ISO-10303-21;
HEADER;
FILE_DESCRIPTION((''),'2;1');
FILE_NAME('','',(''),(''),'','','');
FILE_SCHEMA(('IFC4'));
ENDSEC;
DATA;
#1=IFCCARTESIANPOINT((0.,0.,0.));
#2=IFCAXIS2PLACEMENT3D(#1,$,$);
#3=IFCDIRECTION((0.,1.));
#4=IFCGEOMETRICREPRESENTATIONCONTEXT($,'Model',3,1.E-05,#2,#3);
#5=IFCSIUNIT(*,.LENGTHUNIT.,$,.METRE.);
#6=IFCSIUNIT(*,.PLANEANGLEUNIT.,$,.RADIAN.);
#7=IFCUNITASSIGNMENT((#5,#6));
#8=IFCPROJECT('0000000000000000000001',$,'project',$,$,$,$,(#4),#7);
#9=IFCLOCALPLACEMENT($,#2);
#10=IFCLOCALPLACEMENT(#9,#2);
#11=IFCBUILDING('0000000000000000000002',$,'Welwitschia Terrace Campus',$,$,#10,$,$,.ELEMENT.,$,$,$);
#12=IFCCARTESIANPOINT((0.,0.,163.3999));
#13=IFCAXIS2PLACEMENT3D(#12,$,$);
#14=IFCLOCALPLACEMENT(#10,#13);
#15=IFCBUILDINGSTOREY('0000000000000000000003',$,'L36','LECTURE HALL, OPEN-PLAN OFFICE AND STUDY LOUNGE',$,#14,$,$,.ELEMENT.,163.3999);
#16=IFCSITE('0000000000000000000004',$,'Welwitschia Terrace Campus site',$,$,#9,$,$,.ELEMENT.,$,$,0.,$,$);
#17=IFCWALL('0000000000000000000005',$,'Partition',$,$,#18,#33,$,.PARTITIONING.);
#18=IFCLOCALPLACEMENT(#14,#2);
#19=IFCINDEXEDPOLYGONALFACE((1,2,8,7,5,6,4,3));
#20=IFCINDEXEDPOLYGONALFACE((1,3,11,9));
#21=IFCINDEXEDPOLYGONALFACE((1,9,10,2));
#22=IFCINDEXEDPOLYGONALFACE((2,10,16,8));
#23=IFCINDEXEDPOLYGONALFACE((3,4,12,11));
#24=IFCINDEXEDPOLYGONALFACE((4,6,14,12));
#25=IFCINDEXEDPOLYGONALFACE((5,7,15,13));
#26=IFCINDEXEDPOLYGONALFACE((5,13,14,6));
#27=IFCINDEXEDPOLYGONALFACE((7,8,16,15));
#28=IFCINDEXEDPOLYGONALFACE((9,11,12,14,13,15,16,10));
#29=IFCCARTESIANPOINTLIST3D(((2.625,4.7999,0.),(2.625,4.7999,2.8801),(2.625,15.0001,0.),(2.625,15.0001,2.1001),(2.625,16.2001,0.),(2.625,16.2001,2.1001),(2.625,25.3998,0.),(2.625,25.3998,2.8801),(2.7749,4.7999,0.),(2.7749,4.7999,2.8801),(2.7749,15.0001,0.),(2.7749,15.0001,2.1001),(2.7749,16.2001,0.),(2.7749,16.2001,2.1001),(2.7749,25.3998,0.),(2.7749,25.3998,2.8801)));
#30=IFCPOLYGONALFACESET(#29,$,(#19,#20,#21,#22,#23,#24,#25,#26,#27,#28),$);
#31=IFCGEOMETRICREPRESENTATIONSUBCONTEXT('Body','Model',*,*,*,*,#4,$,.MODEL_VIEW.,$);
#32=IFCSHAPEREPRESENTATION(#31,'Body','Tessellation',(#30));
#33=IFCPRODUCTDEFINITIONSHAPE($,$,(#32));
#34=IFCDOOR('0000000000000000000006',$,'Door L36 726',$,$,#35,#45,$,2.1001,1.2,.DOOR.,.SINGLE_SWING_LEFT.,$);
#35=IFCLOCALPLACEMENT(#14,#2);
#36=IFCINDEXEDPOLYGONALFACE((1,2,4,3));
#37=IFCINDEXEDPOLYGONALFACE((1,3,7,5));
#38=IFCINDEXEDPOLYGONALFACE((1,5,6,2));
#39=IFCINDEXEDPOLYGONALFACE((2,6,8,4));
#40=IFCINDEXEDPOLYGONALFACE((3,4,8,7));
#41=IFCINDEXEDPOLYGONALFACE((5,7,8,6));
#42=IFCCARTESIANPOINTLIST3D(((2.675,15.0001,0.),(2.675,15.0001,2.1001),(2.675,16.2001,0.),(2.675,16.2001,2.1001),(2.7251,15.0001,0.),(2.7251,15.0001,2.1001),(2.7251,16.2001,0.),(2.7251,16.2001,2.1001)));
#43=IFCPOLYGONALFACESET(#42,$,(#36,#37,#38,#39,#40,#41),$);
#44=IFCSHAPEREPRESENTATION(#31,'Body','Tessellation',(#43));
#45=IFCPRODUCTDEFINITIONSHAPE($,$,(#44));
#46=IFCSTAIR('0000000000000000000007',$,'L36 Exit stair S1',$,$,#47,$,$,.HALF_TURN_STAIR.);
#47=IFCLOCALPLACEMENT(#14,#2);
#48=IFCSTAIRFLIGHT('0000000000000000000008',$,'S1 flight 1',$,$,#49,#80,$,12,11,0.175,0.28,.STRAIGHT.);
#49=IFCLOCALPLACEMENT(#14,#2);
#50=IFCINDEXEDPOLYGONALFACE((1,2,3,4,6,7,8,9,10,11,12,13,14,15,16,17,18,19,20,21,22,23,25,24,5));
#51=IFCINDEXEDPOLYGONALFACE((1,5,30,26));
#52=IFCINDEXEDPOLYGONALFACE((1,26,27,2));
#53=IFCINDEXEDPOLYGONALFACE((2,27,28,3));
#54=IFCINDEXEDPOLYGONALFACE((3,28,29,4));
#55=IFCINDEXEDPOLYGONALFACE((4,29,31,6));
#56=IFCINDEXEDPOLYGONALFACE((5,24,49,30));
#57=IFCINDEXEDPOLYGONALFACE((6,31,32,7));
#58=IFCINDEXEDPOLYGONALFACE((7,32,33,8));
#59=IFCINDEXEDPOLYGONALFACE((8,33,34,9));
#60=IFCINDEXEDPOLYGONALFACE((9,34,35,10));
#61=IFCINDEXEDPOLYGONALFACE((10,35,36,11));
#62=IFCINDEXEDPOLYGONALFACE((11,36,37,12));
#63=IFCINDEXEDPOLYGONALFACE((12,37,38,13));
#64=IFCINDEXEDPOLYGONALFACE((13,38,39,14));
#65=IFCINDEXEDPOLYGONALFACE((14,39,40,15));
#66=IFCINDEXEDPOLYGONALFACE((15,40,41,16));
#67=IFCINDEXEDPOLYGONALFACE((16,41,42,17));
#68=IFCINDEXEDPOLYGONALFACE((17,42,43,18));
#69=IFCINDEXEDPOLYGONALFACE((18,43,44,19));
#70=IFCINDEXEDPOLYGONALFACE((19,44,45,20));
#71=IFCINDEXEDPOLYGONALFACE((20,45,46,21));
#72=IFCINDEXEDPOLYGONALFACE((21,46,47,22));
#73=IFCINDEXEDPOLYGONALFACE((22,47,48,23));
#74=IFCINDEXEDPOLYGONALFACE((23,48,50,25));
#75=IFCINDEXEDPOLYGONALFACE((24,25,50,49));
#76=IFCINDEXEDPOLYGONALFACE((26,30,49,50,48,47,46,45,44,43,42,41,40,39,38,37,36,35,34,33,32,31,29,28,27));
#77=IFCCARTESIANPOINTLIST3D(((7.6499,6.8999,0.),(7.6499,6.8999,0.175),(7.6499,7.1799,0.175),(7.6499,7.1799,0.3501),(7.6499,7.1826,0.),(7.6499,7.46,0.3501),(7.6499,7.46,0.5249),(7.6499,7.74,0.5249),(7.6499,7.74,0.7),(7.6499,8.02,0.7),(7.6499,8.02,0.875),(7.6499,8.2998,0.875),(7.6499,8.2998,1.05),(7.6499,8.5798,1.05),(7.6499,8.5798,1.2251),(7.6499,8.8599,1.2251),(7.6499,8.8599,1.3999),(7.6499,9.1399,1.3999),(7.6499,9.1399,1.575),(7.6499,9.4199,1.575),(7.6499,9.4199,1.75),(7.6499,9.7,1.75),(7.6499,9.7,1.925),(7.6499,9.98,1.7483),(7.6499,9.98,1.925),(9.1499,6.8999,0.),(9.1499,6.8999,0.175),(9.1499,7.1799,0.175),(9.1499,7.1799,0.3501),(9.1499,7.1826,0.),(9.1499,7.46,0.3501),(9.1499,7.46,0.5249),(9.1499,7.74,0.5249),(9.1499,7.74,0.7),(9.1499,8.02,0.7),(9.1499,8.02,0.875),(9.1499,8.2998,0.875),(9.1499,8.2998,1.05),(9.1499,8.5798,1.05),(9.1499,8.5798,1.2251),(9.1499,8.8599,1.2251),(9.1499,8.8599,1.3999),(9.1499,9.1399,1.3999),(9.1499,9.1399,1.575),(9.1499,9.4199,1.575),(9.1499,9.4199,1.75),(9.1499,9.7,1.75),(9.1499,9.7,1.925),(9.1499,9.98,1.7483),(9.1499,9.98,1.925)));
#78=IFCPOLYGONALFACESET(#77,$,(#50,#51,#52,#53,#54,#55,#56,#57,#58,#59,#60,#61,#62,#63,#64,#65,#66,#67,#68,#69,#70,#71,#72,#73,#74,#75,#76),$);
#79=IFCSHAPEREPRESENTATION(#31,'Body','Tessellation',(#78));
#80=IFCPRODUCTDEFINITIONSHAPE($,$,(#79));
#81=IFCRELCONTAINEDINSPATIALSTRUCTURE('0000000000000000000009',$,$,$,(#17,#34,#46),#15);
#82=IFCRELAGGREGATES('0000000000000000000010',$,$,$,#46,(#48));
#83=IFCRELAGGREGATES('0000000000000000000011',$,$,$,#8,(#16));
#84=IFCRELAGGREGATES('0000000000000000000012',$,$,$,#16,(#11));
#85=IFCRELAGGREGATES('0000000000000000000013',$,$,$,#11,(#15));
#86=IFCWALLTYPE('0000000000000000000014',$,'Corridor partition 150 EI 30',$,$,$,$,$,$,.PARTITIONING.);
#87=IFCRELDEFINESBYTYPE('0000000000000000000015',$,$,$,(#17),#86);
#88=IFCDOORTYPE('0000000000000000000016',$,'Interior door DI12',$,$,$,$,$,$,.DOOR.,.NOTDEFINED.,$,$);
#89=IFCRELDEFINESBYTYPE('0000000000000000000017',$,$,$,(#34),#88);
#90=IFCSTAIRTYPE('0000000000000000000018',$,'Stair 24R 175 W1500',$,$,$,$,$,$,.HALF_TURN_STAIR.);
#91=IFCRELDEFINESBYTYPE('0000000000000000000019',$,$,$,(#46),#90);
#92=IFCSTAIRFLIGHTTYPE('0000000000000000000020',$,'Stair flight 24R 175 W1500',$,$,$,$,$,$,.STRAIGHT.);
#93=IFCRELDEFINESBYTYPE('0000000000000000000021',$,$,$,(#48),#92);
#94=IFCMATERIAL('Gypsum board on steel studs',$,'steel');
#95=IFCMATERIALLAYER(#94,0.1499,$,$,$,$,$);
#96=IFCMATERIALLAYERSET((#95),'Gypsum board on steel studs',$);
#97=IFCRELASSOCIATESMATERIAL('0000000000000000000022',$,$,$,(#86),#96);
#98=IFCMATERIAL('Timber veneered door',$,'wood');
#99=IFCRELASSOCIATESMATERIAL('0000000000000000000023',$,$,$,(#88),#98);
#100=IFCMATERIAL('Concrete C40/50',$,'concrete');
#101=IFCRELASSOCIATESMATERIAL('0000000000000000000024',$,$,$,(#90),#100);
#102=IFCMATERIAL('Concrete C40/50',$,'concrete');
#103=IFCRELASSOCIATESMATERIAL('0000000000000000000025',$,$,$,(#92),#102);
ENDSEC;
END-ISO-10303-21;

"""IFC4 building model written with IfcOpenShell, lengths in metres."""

from ifc_helpers import new_model, si_unit, direction, frame, frame_2d, origin, place, context, subcontext, project, spatial, polyline, rectangle, outline, extrude, material, layer, layer_set, type_object, element, fill, aggregate, save


model = new_model("IFC4")

# Units and contexts
model_context = context("Model", 3, precision=1e-05, world=origin(), true_north=direction((0.0, 1.0)))
body_context = subcontext(model_context, "Body", "Model", "MODEL_VIEW")
ifc_project = project(units=[si_unit("LENGTHUNIT", "METRE"), si_unit("PLANEANGLEUNIT", "RADIAN")], contexts=[model_context])

# Site, building, storey
site_placement = place(None, origin())
site = spatial("IfcSite", under=ifc_project, at=site_placement, Name="Welwitschia Terrace Campus site", CompositionType="ELEMENT", RefElevation=0.0)
building_placement = place(site_placement, origin())
building = spatial("IfcBuilding", under=site, at=building_placement, Name="Welwitschia Terrace Campus", CompositionType="ELEMENT")
storey_placement = place(building_placement, frame((0.0, 0.0, 163.3999)))
storey = spatial("IfcBuildingStorey", under=building, at=storey_placement, Name="L36", Description="LECTURE HALL, OPEN-PLAN OFFICE AND STUDY LOUNGE", CompositionType="ELEMENT", Elevation=163.3999)

# Shared definitions
ifc_material_1 = material(Name="Gypsum board on steel studs", Category="steel")
ifc_layer_1 = layer(ifc_material_1, 0.1499)
ifc_layer_set_1 = layer_set([ifc_layer_1], Name="Gypsum board on steel studs")
wall_type_1 = type_object("IfcWallType", Name="Corridor partition 150 EI 30", PredefinedType="PARTITIONING", material=ifc_layer_set_1)

# Wall, opening, door
wall_1_placement = place(storey_placement, frame((2.7, 4.8, 0.0), z_axis=(0.0, 0.0, 1.0), x_axis=(0.0, 1.0, 0.0)))
wall_1 = element("IfcWall", 1, at=wall_1_placement, inside=storey, type_object=wall_type_1, Name="Partition", PredefinedType="PARTITIONING", context=body_context, shape_type="SweptSolid", body=[
    extrude(rectangle(XDim=20.5999, YDim=0.1499, at=frame_2d((10.2998, 0.0))), origin(), (0.0, 0.0, 1.0), 2.8801),
])
opening_1_placement = place(wall_1_placement, frame((10.2, 0.0, 0.0)))
opening_1 = element("IfcOpeningElement", 2, at=opening_1_placement, cuts=wall_1, PredefinedType="OPENING", context=body_context, shape_type="SweptSolid", body=[
    extrude(rectangle(XDim=1.2, YDim=2.1001, at=frame_2d((0.6001, 1.05))), frame((0.0, 0.085, 0.0), z_axis=(0.0, -1.0, 0.0), x_axis=(1.0, 0.0, 0.0)), (0.0, 0.0, 1.0), 0.1699),
])
ifc_material_2 = material(Name="Timber veneered door", Category="wood")
door_type_1 = type_object("IfcDoorType", Name="Interior door DI12", OperationType="NOTDEFINED", PredefinedType="DOOR", material=ifc_material_2)
door_1_placement = place(opening_1_placement, origin())
door_1 = element("IfcDoor", 3, at=door_1_placement, inside=storey, type_object=door_type_1, Name="Door L36 726", OperationType="SINGLE_SWING_LEFT", OverallHeight=2.1001, OverallWidth=1.2, PredefinedType="DOOR", context=body_context, shape_type="SweptSolid", body=[
    extrude(rectangle(XDim=1.2, YDim=2.1001, at=frame_2d((0.6001, 1.05))), frame((0.0, 0.0249, 0.0), z_axis=(0.0, -1.0, 0.0), x_axis=(1.0, 0.0, 0.0)), (0.0, 0.0, 1.0), 0.05),
])
fill(opening_1, door_1)

# Stair, stair flight
ifc_material_3 = material(Name="Concrete C40/50", Category="concrete")
stair_type = type_object("IfcStairType", Name="Stair 24R 175 W1500", PredefinedType="HALF_TURN_STAIR", material=ifc_material_3)
stair_placement = place(storey_placement, origin())
stair = element("IfcStair", 4, at=stair_placement, inside=storey, type_object=stair_type, Name="L36 Exit stair S1", PredefinedType="HALF_TURN_STAIR")
ifc_material_4 = material(Name="Concrete C40/50", Category="concrete")
stair_flight_type = type_object("IfcStairFlightType", Name="Stair flight 24R 175 W1500", PredefinedType="STRAIGHT", material=ifc_material_4)
stair_flight_placement = place(storey_placement, frame((8.3999, 6.8999, 0.0), z_axis=(0.0, 0.0, 1.0), x_axis=(0.0, 1.0, 0.0)))
stair_flight = element("IfcStairFlight", 5, at=stair_flight_placement, type_object=stair_flight_type, Name="S1 flight 1", NumberOfRisers=12, NumberOfTreads=11, PredefinedType="STRAIGHT", RiserHeight=0.175, TreadLength=0.28, context=body_context, shape_type="SweptSolid", body=[
    extrude(outline(polyline([(0.0, 0.0), (0.0, 0.175), (0.28, 0.175), (0.28, 0.3501), (0.5601, 0.3501), (0.5601, 0.5249), (0.8401, 0.5249), (0.8401, 0.7), (1.1201, 0.7), (1.1201, 0.875), (1.3999, 0.875), (1.3999, 1.05), (1.6799, 1.05), (1.6799, 1.2251), (1.96, 1.2251), (1.96, 1.3999), (2.24, 1.3999), (2.24, 1.575), (2.52, 1.575), (2.52, 1.75), (2.8, 1.75), (2.8, 1.925), (3.0801, 1.925), (3.0801, 2.1001), (3.0801, 1.7483), (0.2827, 0.0), (0.0, 0.0)])), frame((0.0, 0.75, 0.0), z_axis=(0.0, -1.0, 0.0), x_axis=(1.0, 0.0, 0.0)), (0.0, 0.0, 1.0), 1.5),
])
aggregate(stair, [stair_flight])

save(model, "model.ifc")
